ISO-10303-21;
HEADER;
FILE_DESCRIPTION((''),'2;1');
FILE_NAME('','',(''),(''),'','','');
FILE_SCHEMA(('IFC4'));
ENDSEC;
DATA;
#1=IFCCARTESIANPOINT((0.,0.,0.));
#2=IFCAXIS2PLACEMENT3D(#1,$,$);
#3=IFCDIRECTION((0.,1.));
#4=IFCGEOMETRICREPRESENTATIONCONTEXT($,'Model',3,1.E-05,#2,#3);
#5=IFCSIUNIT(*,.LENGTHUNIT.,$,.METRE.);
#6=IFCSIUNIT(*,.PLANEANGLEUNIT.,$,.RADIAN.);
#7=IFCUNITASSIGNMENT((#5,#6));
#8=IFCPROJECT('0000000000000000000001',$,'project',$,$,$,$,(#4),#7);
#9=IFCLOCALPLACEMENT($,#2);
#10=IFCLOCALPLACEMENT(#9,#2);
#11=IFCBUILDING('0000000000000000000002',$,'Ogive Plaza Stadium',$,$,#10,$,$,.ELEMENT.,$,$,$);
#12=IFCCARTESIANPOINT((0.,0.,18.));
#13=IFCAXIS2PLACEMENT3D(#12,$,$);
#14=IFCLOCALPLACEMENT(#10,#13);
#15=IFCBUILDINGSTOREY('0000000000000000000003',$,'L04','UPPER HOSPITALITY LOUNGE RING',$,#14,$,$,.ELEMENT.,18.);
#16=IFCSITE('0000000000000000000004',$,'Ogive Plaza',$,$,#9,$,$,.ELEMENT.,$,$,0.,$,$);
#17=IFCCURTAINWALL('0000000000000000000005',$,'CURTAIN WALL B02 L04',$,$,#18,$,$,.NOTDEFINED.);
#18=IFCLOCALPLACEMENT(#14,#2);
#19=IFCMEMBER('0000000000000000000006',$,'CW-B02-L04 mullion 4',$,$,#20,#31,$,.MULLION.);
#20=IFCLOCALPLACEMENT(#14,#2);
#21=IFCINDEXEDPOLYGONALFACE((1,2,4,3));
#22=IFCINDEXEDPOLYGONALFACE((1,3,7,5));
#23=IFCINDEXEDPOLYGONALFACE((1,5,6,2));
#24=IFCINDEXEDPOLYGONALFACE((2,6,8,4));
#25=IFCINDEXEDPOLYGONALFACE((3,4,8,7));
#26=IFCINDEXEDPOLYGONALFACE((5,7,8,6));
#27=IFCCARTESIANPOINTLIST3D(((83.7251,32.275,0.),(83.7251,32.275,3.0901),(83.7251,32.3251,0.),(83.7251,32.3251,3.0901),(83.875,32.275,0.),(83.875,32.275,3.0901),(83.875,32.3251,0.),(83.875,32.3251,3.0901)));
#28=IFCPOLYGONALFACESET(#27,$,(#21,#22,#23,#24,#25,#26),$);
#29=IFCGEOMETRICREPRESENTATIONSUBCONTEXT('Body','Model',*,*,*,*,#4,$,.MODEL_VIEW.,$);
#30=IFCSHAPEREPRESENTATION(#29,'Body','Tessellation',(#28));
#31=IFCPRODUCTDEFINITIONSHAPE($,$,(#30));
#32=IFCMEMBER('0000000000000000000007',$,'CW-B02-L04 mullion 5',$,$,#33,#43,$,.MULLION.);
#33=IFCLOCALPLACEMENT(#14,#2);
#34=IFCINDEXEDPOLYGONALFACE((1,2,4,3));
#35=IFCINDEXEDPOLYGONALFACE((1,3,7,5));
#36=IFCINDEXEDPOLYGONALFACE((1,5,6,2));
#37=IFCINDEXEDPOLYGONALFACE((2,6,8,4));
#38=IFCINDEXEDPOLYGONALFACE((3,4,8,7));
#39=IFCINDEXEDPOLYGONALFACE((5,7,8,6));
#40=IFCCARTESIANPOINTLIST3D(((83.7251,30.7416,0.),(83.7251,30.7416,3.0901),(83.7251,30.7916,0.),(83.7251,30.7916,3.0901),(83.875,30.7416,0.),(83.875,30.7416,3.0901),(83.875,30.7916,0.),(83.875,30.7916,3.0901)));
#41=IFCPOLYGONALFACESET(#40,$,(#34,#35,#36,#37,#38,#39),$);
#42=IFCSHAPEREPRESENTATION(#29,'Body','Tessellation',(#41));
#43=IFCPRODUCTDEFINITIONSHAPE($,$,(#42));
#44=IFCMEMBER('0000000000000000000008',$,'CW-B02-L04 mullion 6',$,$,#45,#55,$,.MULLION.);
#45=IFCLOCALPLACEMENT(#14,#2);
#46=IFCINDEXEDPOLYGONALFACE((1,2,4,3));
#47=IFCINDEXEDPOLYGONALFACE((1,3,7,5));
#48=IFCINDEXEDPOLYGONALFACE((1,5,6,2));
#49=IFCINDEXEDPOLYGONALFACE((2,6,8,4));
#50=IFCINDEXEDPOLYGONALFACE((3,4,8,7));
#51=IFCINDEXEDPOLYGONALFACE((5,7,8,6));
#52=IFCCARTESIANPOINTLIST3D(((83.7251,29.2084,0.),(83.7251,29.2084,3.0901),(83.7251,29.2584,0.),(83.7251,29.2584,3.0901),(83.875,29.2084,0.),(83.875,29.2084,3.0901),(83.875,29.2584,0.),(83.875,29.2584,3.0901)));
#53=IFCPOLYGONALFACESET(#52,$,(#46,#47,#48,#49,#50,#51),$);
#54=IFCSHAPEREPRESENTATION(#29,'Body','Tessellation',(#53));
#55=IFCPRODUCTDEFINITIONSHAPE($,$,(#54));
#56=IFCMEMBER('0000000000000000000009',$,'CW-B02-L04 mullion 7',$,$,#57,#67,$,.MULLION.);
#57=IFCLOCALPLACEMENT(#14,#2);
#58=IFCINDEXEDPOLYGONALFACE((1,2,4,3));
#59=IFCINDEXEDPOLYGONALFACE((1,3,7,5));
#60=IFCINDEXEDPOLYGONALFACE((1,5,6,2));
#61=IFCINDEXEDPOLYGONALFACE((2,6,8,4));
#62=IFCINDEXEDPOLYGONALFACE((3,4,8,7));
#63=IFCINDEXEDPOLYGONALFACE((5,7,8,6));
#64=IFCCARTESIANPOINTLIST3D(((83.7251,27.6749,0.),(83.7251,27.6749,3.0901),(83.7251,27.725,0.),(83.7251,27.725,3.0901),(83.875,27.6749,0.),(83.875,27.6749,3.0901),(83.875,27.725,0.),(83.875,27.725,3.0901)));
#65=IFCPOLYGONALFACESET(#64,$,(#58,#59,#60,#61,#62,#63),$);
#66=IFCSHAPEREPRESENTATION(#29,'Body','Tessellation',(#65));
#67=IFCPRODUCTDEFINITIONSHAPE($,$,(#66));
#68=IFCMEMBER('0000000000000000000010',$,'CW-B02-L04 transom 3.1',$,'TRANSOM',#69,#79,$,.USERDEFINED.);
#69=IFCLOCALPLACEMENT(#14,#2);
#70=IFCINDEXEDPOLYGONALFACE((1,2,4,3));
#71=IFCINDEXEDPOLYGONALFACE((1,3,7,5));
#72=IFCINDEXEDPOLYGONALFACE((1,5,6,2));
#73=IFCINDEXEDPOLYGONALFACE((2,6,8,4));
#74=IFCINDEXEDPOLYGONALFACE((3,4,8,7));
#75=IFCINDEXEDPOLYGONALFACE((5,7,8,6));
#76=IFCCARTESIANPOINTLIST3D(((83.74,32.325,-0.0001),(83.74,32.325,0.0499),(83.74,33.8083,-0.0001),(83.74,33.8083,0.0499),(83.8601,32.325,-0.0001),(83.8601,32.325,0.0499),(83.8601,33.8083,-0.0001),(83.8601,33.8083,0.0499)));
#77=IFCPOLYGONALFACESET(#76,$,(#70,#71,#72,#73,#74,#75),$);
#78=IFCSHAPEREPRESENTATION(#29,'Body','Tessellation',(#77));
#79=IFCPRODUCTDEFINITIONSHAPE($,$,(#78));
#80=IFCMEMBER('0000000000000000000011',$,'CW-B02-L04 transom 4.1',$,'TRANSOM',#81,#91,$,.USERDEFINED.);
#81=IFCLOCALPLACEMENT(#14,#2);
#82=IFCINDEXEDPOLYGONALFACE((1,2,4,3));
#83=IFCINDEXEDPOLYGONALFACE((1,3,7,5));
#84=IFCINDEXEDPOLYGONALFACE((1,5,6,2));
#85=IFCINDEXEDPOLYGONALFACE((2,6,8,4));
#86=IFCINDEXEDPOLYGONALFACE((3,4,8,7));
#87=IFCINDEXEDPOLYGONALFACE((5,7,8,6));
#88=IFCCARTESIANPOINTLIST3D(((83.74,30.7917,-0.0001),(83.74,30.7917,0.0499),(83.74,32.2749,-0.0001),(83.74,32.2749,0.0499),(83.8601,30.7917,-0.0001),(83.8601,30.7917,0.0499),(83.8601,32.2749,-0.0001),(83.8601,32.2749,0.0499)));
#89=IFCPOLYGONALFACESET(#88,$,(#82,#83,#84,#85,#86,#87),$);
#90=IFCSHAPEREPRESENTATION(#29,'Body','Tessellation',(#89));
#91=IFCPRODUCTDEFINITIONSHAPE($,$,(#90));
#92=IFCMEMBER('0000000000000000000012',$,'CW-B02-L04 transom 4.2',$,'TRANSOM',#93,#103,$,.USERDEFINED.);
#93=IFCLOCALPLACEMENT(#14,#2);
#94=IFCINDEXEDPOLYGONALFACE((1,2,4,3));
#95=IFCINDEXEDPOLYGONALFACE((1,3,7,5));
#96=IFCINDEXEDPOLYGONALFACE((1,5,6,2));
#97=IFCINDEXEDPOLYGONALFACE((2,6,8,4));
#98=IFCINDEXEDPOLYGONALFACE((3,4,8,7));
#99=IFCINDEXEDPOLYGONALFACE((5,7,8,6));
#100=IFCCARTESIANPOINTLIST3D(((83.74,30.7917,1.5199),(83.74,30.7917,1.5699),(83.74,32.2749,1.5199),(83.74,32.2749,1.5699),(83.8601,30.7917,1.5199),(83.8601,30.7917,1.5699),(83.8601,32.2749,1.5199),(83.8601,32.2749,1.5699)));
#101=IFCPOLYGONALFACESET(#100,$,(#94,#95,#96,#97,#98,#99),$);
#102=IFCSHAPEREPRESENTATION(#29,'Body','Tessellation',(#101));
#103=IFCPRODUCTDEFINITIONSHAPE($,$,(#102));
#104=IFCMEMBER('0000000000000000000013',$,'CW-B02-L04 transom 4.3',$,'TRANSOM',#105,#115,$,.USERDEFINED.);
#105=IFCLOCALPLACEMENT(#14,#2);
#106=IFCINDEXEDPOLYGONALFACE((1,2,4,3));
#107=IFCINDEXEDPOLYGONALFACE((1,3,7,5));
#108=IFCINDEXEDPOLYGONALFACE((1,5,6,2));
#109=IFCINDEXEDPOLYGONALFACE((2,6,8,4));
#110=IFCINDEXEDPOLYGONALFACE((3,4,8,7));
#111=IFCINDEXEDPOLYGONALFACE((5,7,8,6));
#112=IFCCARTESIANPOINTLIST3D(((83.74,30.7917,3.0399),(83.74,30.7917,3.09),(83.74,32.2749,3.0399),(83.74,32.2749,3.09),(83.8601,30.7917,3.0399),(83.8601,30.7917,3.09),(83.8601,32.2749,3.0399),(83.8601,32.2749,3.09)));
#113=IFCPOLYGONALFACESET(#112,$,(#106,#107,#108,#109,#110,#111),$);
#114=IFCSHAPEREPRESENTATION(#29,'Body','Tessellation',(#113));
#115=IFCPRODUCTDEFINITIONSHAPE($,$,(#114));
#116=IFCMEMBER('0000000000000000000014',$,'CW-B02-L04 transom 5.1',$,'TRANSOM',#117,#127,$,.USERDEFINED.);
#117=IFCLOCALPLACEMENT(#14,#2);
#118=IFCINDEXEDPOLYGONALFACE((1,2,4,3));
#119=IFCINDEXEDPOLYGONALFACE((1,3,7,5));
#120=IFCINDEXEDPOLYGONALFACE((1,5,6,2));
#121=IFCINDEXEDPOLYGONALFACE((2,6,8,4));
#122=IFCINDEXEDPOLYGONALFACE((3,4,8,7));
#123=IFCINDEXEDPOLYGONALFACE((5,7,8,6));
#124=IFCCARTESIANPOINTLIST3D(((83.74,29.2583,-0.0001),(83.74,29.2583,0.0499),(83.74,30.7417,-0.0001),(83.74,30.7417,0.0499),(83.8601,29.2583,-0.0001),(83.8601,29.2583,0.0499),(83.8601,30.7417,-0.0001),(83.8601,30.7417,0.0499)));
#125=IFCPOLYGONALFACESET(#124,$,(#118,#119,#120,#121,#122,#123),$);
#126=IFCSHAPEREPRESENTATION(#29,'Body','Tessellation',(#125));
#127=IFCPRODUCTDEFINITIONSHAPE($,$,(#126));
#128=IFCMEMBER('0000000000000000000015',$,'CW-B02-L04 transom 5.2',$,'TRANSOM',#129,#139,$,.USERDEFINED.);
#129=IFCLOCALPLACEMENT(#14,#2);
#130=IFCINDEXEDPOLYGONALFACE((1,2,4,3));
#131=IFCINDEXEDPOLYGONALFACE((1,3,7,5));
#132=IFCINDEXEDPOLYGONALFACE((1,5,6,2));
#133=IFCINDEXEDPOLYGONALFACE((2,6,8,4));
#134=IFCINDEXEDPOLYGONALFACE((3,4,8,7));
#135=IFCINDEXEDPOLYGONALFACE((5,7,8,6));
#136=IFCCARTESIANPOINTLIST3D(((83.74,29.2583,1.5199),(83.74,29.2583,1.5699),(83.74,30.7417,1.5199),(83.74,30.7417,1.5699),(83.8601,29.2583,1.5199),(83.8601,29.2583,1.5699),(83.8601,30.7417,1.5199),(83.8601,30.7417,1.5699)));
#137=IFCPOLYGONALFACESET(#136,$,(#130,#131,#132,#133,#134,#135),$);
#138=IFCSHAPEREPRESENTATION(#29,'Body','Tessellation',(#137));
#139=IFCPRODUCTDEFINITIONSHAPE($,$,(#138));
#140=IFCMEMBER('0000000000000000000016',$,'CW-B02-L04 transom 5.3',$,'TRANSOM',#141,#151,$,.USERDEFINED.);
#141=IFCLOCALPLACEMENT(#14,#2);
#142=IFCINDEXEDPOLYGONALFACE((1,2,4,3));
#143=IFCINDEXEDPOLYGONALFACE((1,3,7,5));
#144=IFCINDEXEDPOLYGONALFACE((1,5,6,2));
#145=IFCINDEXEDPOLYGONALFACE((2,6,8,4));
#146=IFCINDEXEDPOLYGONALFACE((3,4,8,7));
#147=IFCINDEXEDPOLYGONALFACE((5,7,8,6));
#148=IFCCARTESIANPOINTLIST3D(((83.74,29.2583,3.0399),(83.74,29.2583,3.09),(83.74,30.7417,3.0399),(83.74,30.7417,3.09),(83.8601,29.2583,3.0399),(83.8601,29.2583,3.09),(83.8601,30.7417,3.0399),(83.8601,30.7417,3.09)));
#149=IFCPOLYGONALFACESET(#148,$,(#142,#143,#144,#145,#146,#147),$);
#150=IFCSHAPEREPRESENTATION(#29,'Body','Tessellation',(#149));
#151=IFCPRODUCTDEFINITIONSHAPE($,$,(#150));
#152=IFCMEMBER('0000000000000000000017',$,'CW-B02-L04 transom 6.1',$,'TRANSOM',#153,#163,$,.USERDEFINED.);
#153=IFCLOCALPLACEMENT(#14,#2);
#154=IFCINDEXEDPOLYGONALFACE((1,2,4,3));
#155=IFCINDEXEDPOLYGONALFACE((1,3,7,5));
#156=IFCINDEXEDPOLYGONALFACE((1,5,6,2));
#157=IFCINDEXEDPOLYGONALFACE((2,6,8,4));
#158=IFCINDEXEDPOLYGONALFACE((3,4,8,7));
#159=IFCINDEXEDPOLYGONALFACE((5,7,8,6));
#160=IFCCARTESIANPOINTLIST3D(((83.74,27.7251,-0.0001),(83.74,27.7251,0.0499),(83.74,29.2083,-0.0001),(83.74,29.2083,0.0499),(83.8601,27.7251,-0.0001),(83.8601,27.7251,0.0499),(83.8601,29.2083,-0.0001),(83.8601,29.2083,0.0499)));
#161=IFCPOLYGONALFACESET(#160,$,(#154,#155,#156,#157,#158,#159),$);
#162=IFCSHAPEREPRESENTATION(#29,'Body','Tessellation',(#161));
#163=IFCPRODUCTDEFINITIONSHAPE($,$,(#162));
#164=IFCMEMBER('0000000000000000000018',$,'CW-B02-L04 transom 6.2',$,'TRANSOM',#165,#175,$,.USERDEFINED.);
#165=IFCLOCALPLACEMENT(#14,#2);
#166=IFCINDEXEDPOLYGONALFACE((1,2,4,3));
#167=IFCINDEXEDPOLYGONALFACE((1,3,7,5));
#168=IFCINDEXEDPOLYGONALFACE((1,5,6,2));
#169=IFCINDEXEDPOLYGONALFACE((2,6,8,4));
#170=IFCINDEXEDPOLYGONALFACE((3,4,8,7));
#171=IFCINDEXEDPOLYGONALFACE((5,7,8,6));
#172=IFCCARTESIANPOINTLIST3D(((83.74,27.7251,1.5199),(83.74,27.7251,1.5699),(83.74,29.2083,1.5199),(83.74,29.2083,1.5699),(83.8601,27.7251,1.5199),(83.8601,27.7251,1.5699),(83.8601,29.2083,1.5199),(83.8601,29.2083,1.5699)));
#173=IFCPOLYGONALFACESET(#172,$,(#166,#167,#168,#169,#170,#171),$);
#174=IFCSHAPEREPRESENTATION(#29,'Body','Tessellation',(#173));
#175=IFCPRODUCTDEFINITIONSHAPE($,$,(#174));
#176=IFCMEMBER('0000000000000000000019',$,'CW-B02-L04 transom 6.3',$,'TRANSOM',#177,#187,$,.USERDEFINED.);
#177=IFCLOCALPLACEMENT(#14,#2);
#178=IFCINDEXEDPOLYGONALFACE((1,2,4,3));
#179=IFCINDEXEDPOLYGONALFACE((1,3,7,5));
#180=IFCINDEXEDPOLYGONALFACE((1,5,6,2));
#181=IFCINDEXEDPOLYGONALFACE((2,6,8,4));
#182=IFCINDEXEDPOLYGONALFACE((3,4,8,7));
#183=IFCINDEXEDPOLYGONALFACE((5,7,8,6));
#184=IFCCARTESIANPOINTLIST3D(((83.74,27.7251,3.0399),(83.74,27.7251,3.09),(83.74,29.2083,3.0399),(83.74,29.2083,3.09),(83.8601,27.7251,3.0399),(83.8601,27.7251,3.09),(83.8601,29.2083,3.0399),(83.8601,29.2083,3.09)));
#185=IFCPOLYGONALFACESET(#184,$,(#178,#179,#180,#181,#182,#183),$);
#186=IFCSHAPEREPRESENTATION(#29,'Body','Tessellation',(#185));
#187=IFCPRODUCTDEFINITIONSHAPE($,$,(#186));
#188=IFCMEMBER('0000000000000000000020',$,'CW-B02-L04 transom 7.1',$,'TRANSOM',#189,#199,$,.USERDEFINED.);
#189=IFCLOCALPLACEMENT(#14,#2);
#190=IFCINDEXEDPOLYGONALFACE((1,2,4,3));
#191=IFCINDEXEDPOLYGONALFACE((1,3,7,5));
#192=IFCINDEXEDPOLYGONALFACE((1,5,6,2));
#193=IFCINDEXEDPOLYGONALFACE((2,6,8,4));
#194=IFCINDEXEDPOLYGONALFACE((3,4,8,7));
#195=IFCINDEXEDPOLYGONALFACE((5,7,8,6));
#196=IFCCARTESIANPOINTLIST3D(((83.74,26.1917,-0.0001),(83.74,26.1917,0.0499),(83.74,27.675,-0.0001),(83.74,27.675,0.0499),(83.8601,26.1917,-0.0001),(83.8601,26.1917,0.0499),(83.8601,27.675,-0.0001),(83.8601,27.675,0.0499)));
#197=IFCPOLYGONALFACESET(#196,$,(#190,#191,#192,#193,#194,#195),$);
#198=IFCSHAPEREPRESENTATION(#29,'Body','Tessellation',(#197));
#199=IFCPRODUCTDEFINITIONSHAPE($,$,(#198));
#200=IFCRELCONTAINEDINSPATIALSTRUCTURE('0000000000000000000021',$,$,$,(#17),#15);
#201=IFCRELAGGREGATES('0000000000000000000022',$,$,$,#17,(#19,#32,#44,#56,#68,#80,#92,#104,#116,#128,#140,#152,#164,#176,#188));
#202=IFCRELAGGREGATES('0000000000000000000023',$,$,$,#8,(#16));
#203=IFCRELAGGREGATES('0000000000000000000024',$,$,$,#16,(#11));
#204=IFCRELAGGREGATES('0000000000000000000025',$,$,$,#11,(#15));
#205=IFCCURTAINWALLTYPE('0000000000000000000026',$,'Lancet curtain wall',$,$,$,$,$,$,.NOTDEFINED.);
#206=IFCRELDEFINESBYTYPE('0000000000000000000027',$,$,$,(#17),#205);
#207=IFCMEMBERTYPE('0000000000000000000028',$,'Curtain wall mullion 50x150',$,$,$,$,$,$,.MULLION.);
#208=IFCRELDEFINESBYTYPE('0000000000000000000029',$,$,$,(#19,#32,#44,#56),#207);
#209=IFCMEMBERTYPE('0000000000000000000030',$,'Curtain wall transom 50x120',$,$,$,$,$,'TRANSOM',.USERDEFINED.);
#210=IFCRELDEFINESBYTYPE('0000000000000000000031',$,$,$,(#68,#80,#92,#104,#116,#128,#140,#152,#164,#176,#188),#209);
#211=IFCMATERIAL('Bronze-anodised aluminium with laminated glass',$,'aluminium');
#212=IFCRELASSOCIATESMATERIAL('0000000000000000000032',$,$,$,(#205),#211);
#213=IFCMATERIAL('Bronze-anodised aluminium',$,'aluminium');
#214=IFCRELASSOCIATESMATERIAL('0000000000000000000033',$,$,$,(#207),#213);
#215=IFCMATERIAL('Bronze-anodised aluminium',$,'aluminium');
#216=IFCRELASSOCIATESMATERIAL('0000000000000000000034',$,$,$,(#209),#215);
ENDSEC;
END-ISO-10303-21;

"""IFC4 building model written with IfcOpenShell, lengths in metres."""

from ifc_helpers import new_model, si_unit, direction, frame, origin, origin_2d, place, context, subcontext, project, spatial, rectangle, extrude, material, material_profile, profile_set, type_object, element, aggregate, save


model = new_model("IFC4")

# Units and contexts
model_context = context("Model", 3, precision=1e-05, world=origin(), true_north=direction((0.0, 1.0)))
body_context = subcontext(model_context, "Body", "Model", "MODEL_VIEW")
ifc_project = project(units=[si_unit("LENGTHUNIT", "METRE"), si_unit("PLANEANGLEUNIT", "RADIAN")], contexts=[model_context])

# Site, building, storey
site_placement = place(None, origin())
site = spatial("IfcSite", under=ifc_project, at=site_placement, Name="Ogive Plaza", CompositionType="ELEMENT", RefElevation=0.0)
building_placement = place(site_placement, origin())
building = spatial("IfcBuilding", under=site, at=building_placement, Name="Ogive Plaza Stadium", CompositionType="ELEMENT")
storey_placement = place(building_placement, frame((0.0, 0.0, 18.0)))
storey = spatial("IfcBuildingStorey", under=building, at=storey_placement, Name="L04", Description="UPPER HOSPITALITY LOUNGE RING", CompositionType="ELEMENT", Elevation=18.0)

# Curtain wall, members
ifc_material_1 = material(Name="Bronze-anodised aluminium with laminated glass", Category="aluminium")
curtain_wall_type = type_object("IfcCurtainWallType", Name="Lancet curtain wall", PredefinedType="NOTDEFINED", material=ifc_material_1)
curtain_wall_placement = place(storey_placement, origin())
curtain_wall = element("IfcCurtainWall", 1, at=curtain_wall_placement, inside=storey, type_object=curtain_wall_type, Name="CURTAIN WALL B02 L04", PredefinedType="NOTDEFINED")
ifc_material_2 = material(Name="Bronze-anodised aluminium", Category="aluminium")
ifc_material_profile_1 = material_profile(ifc_material_2, rectangle(XDim=0.1499, YDim=0.05, at=origin_2d()), Name="AL 150x50")
ifc_profile_set_1 = profile_set([ifc_material_profile_1], Name="Bronze-anodised aluminium")
member_type_1 = type_object("IfcMemberType", Name="Curtain wall mullion 50x150", PredefinedType="MULLION", material=ifc_profile_set_1)
member_1_placement = place(storey_placement, frame((83.8, 32.3, 0.0), z_axis=(0.0, 0.0, 1.0), x_axis=(1.0, 0.0, 0.0)))
member_1 = element("IfcMember", 2, at=member_1_placement, type_object=member_type_1, Name="CW-B02-L04 mullion 4", PredefinedType="MULLION", context=body_context, shape_type="SweptSolid", body=[
    extrude(rectangle(XDim=0.1499, YDim=0.05, at=origin_2d()), origin(), (0.0, 0.0, 1.0), 3.0901),
])
member_2_placement = place(storey_placement, frame((83.8, 30.7666, 0.0), z_axis=(0.0, 0.0, 1.0), x_axis=(1.0, 0.0, 0.0)))
member_2 = element("IfcMember", 3, at=member_2_placement, type_object=member_type_1, Name="CW-B02-L04 mullion 5", PredefinedType="MULLION", context=body_context, shape_type="SweptSolid", body=[
    extrude(rectangle(XDim=0.1499, YDim=0.05, at=origin_2d()), origin(), (0.0, 0.0, 1.0), 3.0901),
])
member_3_placement = place(storey_placement, frame((83.8, 29.2334, 0.0), z_axis=(0.0, 0.0, 1.0), x_axis=(1.0, 0.0, 0.0)))
member_3 = element("IfcMember", 4, at=member_3_placement, type_object=member_type_1, Name="CW-B02-L04 mullion 6", PredefinedType="MULLION", context=body_context, shape_type="SweptSolid", body=[
    extrude(rectangle(XDim=0.1499, YDim=0.05, at=origin_2d()), origin(), (0.0, 0.0, 1.0), 3.0901),
])
member_4_placement = place(storey_placement, frame((83.8, 27.7, 0.0), z_axis=(0.0, 0.0, 1.0), x_axis=(1.0, 0.0, 0.0)))
member_4 = element("IfcMember", 5, at=member_4_placement, type_object=member_type_1, Name="CW-B02-L04 mullion 7", PredefinedType="MULLION", context=body_context, shape_type="SweptSolid", body=[
    extrude(rectangle(XDim=0.1499, YDim=0.05, at=origin_2d()), origin(), (0.0, 0.0, 1.0), 3.0901),
])
ifc_material_3 = material(Name="Bronze-anodised aluminium", Category="aluminium")
ifc_material_profile_2 = material_profile(ifc_material_3, rectangle(XDim=0.1201, YDim=0.05, at=origin_2d()), Name="AL 120x50")
ifc_profile_set_2 = profile_set([ifc_material_profile_2], Name="Bronze-anodised aluminium")
member_type_2 = type_object("IfcMemberType", Name="Curtain wall transom 50x120", ElementType="TRANSOM", PredefinedType="USERDEFINED", material=ifc_profile_set_2)
member_5_placement = place(storey_placement, frame((83.8, 33.8083, 0.0249), z_axis=(0.0, -1.0, 0.0), x_axis=(1.0, 0.0, 0.0)))
member_5 = element("IfcMember", 6, at=member_5_placement, type_object=member_type_2, Name="CW-B02-L04 transom 3.1", ObjectType="TRANSOM", PredefinedType="USERDEFINED", context=body_context, shape_type="SweptSolid", body=[
    extrude(rectangle(XDim=0.1201, YDim=0.05, at=origin_2d()), origin(), (0.0, 0.0, 1.0), 1.4834),
])
member_6_placement = place(storey_placement, frame((83.8, 32.2749, 0.0249), z_axis=(0.0, -1.0, 0.0), x_axis=(1.0, 0.0, 0.0)))
member_6 = element("IfcMember", 7, at=member_6_placement, type_object=member_type_2, Name="CW-B02-L04 transom 4.1", ObjectType="TRANSOM", PredefinedType="USERDEFINED", context=body_context, shape_type="SweptSolid", body=[
    extrude(rectangle(XDim=0.1201, YDim=0.05, at=origin_2d()), origin(), (0.0, 0.0, 1.0), 1.4832),
])
member_7_placement = place(storey_placement, frame((83.8, 32.2749, 1.5449), z_axis=(0.0, -1.0, 0.0), x_axis=(1.0, 0.0, 0.0)))
member_7 = element("IfcMember", 8, at=member_7_placement, type_object=member_type_2, Name="CW-B02-L04 transom 4.2", ObjectType="TRANSOM", PredefinedType="USERDEFINED", context=body_context, shape_type="SweptSolid", body=[
    extrude(rectangle(XDim=0.1201, YDim=0.05, at=origin_2d()), origin(), (0.0, 0.0, 1.0), 1.4832),
])
member_8_placement = place(storey_placement, frame((83.8, 32.2749, 3.0649), z_axis=(0.0, -1.0, 0.0), x_axis=(1.0, 0.0, 0.0)))
member_8 = element("IfcMember", 9, at=member_8_placement, type_object=member_type_2, Name="CW-B02-L04 transom 4.3", ObjectType="TRANSOM", PredefinedType="USERDEFINED", context=body_context, shape_type="SweptSolid", body=[
    extrude(rectangle(XDim=0.1201, YDim=0.05, at=origin_2d()), origin(), (0.0, 0.0, 1.0), 1.4832),
])
member_9_placement = place(storey_placement, frame((83.8, 30.7417, 0.0249), z_axis=(0.0, -1.0, 0.0), x_axis=(1.0, 0.0, 0.0)))
member_9 = element("IfcMember", 10, at=member_9_placement, type_object=member_type_2, Name="CW-B02-L04 transom 5.1", ObjectType="TRANSOM", PredefinedType="USERDEFINED", context=body_context, shape_type="SweptSolid", body=[
    extrude(rectangle(XDim=0.1201, YDim=0.05, at=origin_2d()), origin(), (0.0, 0.0, 1.0), 1.4834),
])
member_10_placement = place(storey_placement, frame((83.8, 30.7417, 1.5449), z_axis=(0.0, -1.0, 0.0), x_axis=(1.0, 0.0, 0.0)))
member_10 = element("IfcMember", 11, at=member_10_placement, type_object=member_type_2, Name="CW-B02-L04 transom 5.2", ObjectType="TRANSOM", PredefinedType="USERDEFINED", context=body_context, shape_type="SweptSolid", body=[
    extrude(rectangle(XDim=0.1201, YDim=0.05, at=origin_2d()), origin(), (0.0, 0.0, 1.0), 1.4834),
])
member_11_placement = place(storey_placement, frame((83.8, 30.7417, 3.0649), z_axis=(0.0, -1.0, 0.0), x_axis=(1.0, 0.0, 0.0)))
member_11 = element("IfcMember", 12, at=member_11_placement, type_object=member_type_2, Name="CW-B02-L04 transom 5.3", ObjectType="TRANSOM", PredefinedType="USERDEFINED", context=body_context, shape_type="SweptSolid", body=[
    extrude(rectangle(XDim=0.1201, YDim=0.05, at=origin_2d()), origin(), (0.0, 0.0, 1.0), 1.4834),
])
member_12_placement = place(storey_placement, frame((83.8, 29.2083, 0.0249), z_axis=(0.0, -1.0, 0.0), x_axis=(1.0, 0.0, 0.0)))
member_12 = element("IfcMember", 13, at=member_12_placement, type_object=member_type_2, Name="CW-B02-L04 transom 6.1", ObjectType="TRANSOM", PredefinedType="USERDEFINED", context=body_context, shape_type="SweptSolid", body=[
    extrude(rectangle(XDim=0.1201, YDim=0.05, at=origin_2d()), origin(), (0.0, 0.0, 1.0), 1.4832),
])
member_13_placement = place(storey_placement, frame((83.8, 29.2083, 1.5449), z_axis=(0.0, -1.0, 0.0), x_axis=(1.0, 0.0, 0.0)))
member_13 = element("IfcMember", 14, at=member_13_placement, type_object=member_type_2, Name="CW-B02-L04 transom 6.2", ObjectType="TRANSOM", PredefinedType="USERDEFINED", context=body_context, shape_type="SweptSolid", body=[
    extrude(rectangle(XDim=0.1201, YDim=0.05, at=origin_2d()), origin(), (0.0, 0.0, 1.0), 1.4832),
])
member_14_placement = place(storey_placement, frame((83.8, 29.2083, 3.0649), z_axis=(0.0, -1.0, 0.0), x_axis=(1.0, 0.0, 0.0)))
member_14 = element("IfcMember", 15, at=member_14_placement, type_object=member_type_2, Name="CW-B02-L04 transom 6.3", ObjectType="TRANSOM", PredefinedType="USERDEFINED", context=body_context, shape_type="SweptSolid", body=[
    extrude(rectangle(XDim=0.1201, YDim=0.05, at=origin_2d()), origin(), (0.0, 0.0, 1.0), 1.4832),
])
member_15_placement = place(storey_placement, frame((83.8, 27.675, 0.0249), z_axis=(0.0, -1.0, 0.0), x_axis=(1.0, 0.0, 0.0)))
member_15 = element("IfcMember", 16, at=member_15_placement, type_object=member_type_2, Name="CW-B02-L04 transom 7.1", ObjectType="TRANSOM", PredefinedType="USERDEFINED", context=body_context, shape_type="SweptSolid", body=[
    extrude(rectangle(XDim=0.1201, YDim=0.05, at=origin_2d()), origin(), (0.0, 0.0, 1.0), 1.4834),
])
aggregate(curtain_wall, [member_1, member_2, member_3, member_4, member_5, member_6, member_7, member_8, member_9, member_10, member_11, member_12, member_13, member_14, member_15])

save(model, "model.ifc")
